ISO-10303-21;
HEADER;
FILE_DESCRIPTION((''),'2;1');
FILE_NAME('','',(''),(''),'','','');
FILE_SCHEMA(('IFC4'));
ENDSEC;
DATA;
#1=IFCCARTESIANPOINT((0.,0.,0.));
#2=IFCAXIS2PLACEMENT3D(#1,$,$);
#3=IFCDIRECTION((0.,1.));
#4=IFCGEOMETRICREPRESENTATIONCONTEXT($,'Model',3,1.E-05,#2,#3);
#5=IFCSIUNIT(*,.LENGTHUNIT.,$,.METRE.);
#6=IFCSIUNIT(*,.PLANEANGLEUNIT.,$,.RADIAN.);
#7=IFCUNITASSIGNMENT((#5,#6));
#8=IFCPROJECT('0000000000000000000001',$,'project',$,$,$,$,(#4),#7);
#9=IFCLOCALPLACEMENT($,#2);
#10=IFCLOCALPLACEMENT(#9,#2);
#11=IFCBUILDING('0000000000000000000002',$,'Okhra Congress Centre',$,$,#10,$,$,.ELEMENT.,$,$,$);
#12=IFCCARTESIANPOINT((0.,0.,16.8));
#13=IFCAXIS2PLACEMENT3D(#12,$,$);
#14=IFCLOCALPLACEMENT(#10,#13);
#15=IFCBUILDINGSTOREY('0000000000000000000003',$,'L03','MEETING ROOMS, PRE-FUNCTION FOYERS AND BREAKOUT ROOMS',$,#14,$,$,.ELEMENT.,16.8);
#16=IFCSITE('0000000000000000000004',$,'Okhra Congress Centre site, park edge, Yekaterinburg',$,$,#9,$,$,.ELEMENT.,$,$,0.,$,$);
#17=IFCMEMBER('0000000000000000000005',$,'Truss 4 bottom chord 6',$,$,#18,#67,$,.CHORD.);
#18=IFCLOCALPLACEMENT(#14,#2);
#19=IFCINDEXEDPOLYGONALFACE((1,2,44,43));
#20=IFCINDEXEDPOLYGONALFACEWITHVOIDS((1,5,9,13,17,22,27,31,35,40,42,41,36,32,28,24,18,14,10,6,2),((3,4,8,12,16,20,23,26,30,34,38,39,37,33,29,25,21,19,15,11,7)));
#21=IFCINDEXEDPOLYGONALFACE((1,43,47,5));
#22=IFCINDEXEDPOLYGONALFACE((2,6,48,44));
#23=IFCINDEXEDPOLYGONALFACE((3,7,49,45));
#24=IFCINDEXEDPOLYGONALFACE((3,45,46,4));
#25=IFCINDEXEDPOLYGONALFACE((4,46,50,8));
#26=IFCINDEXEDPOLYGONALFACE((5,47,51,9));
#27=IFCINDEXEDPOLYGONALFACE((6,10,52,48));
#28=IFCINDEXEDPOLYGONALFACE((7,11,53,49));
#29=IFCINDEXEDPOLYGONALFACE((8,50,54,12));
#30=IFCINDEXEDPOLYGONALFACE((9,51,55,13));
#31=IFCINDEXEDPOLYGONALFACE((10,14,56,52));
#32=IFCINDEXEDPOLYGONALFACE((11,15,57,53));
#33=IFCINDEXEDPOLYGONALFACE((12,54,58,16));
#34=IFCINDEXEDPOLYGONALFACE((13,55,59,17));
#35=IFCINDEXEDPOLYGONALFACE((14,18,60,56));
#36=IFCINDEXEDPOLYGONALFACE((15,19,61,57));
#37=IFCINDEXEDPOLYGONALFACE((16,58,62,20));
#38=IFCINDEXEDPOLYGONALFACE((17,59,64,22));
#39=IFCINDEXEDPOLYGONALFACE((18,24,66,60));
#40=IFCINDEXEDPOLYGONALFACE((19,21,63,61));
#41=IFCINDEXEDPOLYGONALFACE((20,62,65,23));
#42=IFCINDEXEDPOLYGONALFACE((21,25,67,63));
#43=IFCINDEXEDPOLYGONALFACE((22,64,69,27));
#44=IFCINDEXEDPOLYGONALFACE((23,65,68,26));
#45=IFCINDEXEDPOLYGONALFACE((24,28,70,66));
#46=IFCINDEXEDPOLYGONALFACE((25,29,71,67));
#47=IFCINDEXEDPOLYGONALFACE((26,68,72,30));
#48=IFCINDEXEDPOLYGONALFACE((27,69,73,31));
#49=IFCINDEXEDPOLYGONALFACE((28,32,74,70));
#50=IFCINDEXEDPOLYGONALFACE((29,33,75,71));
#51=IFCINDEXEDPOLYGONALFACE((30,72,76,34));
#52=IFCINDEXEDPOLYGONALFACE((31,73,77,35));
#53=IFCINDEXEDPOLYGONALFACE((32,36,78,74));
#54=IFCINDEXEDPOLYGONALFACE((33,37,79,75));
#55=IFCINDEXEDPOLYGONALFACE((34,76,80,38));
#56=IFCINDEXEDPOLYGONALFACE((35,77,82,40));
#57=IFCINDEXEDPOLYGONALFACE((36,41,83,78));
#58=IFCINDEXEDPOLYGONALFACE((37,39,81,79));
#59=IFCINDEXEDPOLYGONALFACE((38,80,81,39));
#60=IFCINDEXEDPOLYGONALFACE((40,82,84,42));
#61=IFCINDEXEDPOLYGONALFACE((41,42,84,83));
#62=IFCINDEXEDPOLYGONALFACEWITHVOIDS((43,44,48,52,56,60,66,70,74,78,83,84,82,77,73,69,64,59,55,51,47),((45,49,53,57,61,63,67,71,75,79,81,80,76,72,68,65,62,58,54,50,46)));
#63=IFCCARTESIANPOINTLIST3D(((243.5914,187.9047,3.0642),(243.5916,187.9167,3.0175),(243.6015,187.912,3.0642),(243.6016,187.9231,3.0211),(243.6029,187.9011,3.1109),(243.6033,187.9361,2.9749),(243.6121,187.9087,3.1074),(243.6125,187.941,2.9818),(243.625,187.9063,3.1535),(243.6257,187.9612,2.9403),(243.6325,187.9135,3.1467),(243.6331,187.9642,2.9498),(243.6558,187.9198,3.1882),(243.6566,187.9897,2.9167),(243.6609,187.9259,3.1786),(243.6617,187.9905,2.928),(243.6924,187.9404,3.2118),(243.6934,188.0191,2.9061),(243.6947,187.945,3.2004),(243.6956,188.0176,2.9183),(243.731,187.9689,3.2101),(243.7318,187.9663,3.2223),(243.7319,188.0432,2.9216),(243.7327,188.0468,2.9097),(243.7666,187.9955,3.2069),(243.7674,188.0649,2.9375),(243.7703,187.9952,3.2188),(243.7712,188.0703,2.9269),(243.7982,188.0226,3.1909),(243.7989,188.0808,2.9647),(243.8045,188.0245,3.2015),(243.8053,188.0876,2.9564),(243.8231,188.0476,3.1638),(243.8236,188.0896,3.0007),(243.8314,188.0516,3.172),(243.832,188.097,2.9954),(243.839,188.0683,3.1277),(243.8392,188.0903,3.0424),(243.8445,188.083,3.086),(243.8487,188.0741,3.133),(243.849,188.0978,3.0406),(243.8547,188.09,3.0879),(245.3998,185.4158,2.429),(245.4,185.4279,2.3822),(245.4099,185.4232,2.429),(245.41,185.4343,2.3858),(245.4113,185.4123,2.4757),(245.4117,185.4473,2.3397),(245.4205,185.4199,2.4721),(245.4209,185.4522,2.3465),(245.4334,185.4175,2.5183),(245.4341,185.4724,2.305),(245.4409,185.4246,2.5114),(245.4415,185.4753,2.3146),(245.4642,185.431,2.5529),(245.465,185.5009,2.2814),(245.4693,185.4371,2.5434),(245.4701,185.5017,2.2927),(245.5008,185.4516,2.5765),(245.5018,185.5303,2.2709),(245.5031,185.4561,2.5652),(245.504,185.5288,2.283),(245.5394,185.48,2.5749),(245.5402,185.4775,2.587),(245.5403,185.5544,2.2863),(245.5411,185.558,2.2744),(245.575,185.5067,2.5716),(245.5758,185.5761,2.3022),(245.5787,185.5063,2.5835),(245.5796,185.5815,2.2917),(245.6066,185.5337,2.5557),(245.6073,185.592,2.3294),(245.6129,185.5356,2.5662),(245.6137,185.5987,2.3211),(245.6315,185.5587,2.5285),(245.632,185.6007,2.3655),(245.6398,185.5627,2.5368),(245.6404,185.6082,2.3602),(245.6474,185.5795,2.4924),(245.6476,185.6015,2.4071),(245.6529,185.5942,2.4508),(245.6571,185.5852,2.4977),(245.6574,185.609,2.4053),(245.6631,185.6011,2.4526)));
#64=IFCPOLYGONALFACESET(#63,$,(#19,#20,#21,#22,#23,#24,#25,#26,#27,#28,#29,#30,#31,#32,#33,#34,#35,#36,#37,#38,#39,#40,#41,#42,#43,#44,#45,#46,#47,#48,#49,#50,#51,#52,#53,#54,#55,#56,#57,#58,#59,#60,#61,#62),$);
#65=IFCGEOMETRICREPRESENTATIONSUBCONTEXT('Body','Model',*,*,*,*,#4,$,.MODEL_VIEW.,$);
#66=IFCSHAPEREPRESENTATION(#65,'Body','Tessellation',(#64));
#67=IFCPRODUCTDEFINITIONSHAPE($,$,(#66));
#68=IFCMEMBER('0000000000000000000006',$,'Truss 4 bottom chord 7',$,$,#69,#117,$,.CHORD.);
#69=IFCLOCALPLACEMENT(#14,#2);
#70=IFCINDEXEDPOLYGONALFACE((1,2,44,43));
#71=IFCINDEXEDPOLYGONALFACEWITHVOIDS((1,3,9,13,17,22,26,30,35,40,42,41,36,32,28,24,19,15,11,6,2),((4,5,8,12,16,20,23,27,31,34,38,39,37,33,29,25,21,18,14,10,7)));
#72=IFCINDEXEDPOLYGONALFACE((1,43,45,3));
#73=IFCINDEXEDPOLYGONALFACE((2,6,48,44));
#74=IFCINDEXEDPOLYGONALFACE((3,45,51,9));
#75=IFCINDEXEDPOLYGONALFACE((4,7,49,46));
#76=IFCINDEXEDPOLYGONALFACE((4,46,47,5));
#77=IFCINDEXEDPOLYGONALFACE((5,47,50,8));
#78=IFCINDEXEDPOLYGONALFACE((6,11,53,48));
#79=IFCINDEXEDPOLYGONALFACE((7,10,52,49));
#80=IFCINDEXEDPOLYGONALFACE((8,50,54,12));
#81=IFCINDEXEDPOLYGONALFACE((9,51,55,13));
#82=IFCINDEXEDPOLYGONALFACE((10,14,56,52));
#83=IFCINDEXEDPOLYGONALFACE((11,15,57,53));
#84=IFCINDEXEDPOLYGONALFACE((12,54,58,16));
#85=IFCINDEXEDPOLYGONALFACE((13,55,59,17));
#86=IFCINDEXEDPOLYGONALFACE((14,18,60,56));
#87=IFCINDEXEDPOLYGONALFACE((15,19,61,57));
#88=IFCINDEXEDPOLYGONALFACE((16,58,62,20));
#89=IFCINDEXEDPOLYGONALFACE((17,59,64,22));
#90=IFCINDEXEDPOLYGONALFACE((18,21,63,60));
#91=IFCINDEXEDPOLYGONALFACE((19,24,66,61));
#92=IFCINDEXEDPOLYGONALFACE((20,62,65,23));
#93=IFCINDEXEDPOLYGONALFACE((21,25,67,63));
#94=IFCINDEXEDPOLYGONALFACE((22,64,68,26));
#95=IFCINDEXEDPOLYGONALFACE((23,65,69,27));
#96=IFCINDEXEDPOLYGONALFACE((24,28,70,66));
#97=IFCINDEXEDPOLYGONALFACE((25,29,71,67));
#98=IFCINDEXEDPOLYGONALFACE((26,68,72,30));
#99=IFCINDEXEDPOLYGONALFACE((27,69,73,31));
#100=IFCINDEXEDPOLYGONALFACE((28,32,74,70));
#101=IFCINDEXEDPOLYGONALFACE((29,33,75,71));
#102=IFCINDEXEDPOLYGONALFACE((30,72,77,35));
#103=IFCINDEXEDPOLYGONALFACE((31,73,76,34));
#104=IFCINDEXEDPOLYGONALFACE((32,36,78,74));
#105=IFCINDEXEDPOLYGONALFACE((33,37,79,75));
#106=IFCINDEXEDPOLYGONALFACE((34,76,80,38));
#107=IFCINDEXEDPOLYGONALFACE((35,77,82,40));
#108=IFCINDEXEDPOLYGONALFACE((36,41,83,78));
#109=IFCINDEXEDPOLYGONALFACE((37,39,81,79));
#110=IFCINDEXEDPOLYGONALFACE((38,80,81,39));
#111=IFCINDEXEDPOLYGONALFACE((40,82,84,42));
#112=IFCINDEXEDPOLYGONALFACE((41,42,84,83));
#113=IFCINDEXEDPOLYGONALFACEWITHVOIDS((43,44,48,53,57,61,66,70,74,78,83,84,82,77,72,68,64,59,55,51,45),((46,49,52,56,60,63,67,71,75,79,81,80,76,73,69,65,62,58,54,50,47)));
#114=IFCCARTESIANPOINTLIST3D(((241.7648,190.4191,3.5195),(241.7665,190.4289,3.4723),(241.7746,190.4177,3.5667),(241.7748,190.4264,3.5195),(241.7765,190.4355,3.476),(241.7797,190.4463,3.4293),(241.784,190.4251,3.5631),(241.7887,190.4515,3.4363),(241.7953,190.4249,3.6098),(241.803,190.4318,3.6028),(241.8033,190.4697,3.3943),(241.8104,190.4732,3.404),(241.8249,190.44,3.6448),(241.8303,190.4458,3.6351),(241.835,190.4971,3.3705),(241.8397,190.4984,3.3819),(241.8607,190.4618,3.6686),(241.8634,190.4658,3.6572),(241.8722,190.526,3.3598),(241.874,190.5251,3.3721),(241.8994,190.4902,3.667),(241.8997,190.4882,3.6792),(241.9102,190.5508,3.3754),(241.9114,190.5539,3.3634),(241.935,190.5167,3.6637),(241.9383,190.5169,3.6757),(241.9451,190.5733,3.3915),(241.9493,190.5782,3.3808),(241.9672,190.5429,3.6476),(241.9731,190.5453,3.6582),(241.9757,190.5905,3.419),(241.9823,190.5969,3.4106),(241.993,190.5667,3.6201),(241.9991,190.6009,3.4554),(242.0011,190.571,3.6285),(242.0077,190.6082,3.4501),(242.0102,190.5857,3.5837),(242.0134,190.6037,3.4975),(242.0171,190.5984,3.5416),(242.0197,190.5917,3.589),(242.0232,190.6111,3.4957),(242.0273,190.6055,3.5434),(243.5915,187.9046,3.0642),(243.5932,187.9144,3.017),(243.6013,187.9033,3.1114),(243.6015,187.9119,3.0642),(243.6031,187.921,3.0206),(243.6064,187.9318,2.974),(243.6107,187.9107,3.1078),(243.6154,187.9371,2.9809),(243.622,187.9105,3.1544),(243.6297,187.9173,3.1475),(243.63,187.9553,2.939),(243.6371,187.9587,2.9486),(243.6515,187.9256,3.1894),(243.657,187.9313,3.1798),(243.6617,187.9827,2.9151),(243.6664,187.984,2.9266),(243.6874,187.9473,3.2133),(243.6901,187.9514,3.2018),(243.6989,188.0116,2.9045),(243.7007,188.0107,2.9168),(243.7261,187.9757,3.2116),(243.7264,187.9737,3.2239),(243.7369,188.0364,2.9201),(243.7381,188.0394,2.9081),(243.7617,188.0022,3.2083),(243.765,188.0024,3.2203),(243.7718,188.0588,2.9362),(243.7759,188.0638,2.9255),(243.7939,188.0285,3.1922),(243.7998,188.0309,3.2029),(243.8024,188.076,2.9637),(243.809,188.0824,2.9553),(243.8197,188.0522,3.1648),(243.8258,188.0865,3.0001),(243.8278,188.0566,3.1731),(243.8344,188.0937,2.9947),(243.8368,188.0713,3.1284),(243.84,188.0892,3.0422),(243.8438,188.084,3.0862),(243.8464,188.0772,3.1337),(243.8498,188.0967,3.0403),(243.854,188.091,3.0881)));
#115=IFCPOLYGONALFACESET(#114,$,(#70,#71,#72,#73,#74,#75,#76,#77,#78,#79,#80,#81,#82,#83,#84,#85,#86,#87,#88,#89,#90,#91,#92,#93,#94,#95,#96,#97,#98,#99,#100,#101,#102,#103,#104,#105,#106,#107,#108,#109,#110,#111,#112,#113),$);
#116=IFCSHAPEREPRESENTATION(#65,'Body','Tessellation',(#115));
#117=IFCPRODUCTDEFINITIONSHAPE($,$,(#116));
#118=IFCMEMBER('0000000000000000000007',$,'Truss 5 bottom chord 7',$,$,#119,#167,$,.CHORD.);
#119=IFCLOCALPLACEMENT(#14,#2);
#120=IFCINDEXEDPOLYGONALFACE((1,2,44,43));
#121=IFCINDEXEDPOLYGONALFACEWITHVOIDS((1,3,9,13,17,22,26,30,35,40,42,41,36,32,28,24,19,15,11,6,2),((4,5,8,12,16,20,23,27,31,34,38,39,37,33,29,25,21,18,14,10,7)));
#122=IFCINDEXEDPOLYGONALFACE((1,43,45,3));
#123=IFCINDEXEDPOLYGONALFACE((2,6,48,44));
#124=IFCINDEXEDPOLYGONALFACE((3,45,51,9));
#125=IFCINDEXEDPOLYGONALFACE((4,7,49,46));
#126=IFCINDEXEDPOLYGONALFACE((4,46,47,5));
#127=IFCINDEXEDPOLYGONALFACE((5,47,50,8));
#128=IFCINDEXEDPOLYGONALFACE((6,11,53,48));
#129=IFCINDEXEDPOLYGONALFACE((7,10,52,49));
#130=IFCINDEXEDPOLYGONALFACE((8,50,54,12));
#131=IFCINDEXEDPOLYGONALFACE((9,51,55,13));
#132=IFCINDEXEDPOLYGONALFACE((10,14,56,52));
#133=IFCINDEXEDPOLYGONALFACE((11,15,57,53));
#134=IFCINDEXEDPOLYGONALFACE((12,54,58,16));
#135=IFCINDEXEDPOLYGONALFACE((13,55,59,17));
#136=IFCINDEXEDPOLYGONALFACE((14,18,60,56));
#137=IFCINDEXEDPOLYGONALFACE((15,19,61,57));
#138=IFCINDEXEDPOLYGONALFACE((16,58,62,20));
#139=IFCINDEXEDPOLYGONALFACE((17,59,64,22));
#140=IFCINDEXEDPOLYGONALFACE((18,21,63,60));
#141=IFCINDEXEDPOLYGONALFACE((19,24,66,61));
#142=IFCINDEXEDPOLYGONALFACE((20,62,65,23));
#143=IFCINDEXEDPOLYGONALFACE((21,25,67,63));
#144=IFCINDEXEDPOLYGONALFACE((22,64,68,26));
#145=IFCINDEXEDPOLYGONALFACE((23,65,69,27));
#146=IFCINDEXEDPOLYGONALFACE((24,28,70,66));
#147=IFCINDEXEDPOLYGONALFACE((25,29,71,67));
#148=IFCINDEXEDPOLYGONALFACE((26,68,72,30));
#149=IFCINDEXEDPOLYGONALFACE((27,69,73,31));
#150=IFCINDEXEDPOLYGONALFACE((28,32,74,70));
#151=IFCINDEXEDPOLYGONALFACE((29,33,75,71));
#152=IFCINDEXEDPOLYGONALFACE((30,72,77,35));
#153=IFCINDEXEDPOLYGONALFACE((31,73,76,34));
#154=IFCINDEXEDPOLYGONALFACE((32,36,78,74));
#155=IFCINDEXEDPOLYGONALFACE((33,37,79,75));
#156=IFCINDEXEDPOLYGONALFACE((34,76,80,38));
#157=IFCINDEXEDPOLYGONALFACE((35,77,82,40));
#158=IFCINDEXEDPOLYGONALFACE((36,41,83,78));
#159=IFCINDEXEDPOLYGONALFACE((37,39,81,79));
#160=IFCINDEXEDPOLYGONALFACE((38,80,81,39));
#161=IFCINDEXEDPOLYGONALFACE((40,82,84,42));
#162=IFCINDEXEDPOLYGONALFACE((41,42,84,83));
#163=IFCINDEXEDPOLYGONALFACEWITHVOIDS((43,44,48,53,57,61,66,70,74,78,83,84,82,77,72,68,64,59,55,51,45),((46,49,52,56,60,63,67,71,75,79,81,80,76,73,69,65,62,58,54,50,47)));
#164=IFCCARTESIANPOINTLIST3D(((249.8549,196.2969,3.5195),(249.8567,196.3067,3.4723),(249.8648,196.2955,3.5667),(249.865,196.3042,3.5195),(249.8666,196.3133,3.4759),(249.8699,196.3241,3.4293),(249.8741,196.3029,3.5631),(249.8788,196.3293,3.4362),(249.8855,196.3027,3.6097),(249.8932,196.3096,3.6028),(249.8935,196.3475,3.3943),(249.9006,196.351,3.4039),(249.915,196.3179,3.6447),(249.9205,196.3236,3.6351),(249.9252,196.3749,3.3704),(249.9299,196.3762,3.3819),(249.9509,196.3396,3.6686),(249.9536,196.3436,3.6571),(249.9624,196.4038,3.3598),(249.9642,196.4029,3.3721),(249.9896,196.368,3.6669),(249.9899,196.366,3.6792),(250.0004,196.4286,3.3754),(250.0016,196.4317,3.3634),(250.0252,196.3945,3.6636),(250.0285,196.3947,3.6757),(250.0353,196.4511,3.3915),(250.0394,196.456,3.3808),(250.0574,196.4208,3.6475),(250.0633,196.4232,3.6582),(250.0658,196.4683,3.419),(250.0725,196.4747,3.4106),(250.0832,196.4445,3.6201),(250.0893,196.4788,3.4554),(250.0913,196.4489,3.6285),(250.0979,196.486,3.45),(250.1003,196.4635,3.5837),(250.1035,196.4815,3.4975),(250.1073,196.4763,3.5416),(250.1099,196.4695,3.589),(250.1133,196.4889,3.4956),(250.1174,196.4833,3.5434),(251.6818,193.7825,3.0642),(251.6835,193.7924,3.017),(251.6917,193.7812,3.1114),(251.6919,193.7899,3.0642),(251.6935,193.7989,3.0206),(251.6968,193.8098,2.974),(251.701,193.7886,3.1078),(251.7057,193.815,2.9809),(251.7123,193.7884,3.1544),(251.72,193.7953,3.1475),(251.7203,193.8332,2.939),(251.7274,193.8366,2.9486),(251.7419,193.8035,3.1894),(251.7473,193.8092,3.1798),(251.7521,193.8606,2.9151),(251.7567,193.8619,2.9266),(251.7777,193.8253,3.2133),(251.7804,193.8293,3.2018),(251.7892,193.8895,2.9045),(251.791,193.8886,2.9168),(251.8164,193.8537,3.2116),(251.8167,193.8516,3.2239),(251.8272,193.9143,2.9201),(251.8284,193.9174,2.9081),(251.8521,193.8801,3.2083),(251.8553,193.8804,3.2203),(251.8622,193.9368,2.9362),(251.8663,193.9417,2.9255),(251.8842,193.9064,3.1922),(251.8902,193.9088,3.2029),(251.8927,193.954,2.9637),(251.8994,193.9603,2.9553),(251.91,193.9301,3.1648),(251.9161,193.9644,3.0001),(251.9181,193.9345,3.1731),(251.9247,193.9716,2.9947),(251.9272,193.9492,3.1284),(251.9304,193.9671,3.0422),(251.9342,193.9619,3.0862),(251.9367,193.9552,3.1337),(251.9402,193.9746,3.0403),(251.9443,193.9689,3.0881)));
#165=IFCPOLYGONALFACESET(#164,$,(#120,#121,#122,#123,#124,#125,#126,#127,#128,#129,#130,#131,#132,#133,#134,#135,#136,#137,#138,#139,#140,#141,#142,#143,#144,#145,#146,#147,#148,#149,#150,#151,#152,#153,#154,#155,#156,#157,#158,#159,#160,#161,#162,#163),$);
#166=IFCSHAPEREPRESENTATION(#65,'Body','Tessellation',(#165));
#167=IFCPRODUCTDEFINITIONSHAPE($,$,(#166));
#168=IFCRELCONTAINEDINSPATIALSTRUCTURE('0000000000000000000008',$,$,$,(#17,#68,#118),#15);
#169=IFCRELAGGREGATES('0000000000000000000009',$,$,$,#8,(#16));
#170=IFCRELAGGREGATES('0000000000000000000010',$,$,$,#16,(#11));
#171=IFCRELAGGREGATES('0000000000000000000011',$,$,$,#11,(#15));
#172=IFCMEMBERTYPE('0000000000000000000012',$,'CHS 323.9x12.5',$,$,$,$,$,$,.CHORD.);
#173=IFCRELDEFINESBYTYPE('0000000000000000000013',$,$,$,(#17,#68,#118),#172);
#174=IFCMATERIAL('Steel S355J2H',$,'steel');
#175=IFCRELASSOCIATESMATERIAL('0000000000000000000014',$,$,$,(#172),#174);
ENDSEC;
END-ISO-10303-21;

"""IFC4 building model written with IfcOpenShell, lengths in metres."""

from ifc_helpers import new_model, si_unit, direction, frame, origin, origin_2d, place, context, subcontext, project, spatial, hollow_circle, extrude, material, material_profile, profile_set, type_object, element, save


model = new_model("IFC4")

# Units and contexts
model_context = context("Model", 3, precision=1e-05, world=origin(), true_north=direction((0.0, 1.0)))
body_context = subcontext(model_context, "Body", "Model", "MODEL_VIEW")
ifc_project = project(units=[si_unit("LENGTHUNIT", "METRE"), si_unit("PLANEANGLEUNIT", "RADIAN")], contexts=[model_context])

# Site, building, storey
site_placement = place(None, origin())
site = spatial("IfcSite", under=ifc_project, at=site_placement, Name="Okhra Congress Centre site, park edge, Yekaterinburg", CompositionType="ELEMENT", RefElevation=0.0)
building_placement = place(site_placement, origin())
building = spatial("IfcBuilding", under=site, at=building_placement, Name="Okhra Congress Centre", CompositionType="ELEMENT")
storey_placement = place(building_placement, frame((0.0, 0.0, 16.8)))
storey = spatial("IfcBuildingStorey", under=building, at=storey_placement, Name="L03", Description="MEETING ROOMS, PRE-FUNCTION FOYERS AND BREAKOUT ROOMS", CompositionType="ELEMENT", Elevation=16.8)

# Members
ifc_material_1 = material(Name="Steel S355J2H", Category="steel")
ifc_material_profile_1 = material_profile(ifc_material_1, hollow_circle(Radius=0.1619, WallThickness=0.0125, at=origin_2d()), Name="CHS 323.9x12.5")
ifc_profile_set_1 = profile_set([ifc_material_profile_1], Name="Steel S355J2H")
member_type_1 = type_object("IfcMemberType", Name="CHS 323.9x12.5", PredefinedType="CHORD", material=ifc_profile_set_1)
member_1_placement = place(storey_placement, frame((245.5308, 185.511, 2.429), z_axis=(-0.575673, 0.792278, 0.202228), x_axis=(-0.808993, -0.587818, 0.0)))
element("IfcMember", 1, at=member_1_placement, inside=storey, type_object=member_type_1, Name="Truss 4 bottom chord 6", PredefinedType="CHORD", context=body_context, shape_type="SweptSolid", body=[
    extrude(hollow_circle(Radius=0.1619, WallThickness=0.0125, at=origin_2d()), origin(), (0.0, 0.0, 1.0), 3.1414),
])
for number, where, z_axis, x_axis, name in (
    (2, (243.7224, 187.9998, 3.0642), (-0.581543, 0.800496, 0.144958), (-0.809042, -0.587751, 0.0), "Truss 4 bottom chord 7"),
    (3, (251.8127, 193.8777, 3.0642), (-0.581595, 0.80046, 0.144952), (-0.809004, -0.587803, 0.0), "Truss 5 bottom chord 7"),
):
    element("IfcMember", number, at=place(storey_placement, frame(where, z_axis=z_axis, x_axis=x_axis)), inside=storey, type_object=member_type_1, Name=name, PredefinedType="CHORD", context=body_context, shape_type="SweptSolid", body=[
        extrude(hollow_circle(Radius=0.1619, WallThickness=0.0125, at=origin_2d()), origin(), (0.0, 0.0, 1.0), 3.1411),
    ])

save(model, "model.ifc")
